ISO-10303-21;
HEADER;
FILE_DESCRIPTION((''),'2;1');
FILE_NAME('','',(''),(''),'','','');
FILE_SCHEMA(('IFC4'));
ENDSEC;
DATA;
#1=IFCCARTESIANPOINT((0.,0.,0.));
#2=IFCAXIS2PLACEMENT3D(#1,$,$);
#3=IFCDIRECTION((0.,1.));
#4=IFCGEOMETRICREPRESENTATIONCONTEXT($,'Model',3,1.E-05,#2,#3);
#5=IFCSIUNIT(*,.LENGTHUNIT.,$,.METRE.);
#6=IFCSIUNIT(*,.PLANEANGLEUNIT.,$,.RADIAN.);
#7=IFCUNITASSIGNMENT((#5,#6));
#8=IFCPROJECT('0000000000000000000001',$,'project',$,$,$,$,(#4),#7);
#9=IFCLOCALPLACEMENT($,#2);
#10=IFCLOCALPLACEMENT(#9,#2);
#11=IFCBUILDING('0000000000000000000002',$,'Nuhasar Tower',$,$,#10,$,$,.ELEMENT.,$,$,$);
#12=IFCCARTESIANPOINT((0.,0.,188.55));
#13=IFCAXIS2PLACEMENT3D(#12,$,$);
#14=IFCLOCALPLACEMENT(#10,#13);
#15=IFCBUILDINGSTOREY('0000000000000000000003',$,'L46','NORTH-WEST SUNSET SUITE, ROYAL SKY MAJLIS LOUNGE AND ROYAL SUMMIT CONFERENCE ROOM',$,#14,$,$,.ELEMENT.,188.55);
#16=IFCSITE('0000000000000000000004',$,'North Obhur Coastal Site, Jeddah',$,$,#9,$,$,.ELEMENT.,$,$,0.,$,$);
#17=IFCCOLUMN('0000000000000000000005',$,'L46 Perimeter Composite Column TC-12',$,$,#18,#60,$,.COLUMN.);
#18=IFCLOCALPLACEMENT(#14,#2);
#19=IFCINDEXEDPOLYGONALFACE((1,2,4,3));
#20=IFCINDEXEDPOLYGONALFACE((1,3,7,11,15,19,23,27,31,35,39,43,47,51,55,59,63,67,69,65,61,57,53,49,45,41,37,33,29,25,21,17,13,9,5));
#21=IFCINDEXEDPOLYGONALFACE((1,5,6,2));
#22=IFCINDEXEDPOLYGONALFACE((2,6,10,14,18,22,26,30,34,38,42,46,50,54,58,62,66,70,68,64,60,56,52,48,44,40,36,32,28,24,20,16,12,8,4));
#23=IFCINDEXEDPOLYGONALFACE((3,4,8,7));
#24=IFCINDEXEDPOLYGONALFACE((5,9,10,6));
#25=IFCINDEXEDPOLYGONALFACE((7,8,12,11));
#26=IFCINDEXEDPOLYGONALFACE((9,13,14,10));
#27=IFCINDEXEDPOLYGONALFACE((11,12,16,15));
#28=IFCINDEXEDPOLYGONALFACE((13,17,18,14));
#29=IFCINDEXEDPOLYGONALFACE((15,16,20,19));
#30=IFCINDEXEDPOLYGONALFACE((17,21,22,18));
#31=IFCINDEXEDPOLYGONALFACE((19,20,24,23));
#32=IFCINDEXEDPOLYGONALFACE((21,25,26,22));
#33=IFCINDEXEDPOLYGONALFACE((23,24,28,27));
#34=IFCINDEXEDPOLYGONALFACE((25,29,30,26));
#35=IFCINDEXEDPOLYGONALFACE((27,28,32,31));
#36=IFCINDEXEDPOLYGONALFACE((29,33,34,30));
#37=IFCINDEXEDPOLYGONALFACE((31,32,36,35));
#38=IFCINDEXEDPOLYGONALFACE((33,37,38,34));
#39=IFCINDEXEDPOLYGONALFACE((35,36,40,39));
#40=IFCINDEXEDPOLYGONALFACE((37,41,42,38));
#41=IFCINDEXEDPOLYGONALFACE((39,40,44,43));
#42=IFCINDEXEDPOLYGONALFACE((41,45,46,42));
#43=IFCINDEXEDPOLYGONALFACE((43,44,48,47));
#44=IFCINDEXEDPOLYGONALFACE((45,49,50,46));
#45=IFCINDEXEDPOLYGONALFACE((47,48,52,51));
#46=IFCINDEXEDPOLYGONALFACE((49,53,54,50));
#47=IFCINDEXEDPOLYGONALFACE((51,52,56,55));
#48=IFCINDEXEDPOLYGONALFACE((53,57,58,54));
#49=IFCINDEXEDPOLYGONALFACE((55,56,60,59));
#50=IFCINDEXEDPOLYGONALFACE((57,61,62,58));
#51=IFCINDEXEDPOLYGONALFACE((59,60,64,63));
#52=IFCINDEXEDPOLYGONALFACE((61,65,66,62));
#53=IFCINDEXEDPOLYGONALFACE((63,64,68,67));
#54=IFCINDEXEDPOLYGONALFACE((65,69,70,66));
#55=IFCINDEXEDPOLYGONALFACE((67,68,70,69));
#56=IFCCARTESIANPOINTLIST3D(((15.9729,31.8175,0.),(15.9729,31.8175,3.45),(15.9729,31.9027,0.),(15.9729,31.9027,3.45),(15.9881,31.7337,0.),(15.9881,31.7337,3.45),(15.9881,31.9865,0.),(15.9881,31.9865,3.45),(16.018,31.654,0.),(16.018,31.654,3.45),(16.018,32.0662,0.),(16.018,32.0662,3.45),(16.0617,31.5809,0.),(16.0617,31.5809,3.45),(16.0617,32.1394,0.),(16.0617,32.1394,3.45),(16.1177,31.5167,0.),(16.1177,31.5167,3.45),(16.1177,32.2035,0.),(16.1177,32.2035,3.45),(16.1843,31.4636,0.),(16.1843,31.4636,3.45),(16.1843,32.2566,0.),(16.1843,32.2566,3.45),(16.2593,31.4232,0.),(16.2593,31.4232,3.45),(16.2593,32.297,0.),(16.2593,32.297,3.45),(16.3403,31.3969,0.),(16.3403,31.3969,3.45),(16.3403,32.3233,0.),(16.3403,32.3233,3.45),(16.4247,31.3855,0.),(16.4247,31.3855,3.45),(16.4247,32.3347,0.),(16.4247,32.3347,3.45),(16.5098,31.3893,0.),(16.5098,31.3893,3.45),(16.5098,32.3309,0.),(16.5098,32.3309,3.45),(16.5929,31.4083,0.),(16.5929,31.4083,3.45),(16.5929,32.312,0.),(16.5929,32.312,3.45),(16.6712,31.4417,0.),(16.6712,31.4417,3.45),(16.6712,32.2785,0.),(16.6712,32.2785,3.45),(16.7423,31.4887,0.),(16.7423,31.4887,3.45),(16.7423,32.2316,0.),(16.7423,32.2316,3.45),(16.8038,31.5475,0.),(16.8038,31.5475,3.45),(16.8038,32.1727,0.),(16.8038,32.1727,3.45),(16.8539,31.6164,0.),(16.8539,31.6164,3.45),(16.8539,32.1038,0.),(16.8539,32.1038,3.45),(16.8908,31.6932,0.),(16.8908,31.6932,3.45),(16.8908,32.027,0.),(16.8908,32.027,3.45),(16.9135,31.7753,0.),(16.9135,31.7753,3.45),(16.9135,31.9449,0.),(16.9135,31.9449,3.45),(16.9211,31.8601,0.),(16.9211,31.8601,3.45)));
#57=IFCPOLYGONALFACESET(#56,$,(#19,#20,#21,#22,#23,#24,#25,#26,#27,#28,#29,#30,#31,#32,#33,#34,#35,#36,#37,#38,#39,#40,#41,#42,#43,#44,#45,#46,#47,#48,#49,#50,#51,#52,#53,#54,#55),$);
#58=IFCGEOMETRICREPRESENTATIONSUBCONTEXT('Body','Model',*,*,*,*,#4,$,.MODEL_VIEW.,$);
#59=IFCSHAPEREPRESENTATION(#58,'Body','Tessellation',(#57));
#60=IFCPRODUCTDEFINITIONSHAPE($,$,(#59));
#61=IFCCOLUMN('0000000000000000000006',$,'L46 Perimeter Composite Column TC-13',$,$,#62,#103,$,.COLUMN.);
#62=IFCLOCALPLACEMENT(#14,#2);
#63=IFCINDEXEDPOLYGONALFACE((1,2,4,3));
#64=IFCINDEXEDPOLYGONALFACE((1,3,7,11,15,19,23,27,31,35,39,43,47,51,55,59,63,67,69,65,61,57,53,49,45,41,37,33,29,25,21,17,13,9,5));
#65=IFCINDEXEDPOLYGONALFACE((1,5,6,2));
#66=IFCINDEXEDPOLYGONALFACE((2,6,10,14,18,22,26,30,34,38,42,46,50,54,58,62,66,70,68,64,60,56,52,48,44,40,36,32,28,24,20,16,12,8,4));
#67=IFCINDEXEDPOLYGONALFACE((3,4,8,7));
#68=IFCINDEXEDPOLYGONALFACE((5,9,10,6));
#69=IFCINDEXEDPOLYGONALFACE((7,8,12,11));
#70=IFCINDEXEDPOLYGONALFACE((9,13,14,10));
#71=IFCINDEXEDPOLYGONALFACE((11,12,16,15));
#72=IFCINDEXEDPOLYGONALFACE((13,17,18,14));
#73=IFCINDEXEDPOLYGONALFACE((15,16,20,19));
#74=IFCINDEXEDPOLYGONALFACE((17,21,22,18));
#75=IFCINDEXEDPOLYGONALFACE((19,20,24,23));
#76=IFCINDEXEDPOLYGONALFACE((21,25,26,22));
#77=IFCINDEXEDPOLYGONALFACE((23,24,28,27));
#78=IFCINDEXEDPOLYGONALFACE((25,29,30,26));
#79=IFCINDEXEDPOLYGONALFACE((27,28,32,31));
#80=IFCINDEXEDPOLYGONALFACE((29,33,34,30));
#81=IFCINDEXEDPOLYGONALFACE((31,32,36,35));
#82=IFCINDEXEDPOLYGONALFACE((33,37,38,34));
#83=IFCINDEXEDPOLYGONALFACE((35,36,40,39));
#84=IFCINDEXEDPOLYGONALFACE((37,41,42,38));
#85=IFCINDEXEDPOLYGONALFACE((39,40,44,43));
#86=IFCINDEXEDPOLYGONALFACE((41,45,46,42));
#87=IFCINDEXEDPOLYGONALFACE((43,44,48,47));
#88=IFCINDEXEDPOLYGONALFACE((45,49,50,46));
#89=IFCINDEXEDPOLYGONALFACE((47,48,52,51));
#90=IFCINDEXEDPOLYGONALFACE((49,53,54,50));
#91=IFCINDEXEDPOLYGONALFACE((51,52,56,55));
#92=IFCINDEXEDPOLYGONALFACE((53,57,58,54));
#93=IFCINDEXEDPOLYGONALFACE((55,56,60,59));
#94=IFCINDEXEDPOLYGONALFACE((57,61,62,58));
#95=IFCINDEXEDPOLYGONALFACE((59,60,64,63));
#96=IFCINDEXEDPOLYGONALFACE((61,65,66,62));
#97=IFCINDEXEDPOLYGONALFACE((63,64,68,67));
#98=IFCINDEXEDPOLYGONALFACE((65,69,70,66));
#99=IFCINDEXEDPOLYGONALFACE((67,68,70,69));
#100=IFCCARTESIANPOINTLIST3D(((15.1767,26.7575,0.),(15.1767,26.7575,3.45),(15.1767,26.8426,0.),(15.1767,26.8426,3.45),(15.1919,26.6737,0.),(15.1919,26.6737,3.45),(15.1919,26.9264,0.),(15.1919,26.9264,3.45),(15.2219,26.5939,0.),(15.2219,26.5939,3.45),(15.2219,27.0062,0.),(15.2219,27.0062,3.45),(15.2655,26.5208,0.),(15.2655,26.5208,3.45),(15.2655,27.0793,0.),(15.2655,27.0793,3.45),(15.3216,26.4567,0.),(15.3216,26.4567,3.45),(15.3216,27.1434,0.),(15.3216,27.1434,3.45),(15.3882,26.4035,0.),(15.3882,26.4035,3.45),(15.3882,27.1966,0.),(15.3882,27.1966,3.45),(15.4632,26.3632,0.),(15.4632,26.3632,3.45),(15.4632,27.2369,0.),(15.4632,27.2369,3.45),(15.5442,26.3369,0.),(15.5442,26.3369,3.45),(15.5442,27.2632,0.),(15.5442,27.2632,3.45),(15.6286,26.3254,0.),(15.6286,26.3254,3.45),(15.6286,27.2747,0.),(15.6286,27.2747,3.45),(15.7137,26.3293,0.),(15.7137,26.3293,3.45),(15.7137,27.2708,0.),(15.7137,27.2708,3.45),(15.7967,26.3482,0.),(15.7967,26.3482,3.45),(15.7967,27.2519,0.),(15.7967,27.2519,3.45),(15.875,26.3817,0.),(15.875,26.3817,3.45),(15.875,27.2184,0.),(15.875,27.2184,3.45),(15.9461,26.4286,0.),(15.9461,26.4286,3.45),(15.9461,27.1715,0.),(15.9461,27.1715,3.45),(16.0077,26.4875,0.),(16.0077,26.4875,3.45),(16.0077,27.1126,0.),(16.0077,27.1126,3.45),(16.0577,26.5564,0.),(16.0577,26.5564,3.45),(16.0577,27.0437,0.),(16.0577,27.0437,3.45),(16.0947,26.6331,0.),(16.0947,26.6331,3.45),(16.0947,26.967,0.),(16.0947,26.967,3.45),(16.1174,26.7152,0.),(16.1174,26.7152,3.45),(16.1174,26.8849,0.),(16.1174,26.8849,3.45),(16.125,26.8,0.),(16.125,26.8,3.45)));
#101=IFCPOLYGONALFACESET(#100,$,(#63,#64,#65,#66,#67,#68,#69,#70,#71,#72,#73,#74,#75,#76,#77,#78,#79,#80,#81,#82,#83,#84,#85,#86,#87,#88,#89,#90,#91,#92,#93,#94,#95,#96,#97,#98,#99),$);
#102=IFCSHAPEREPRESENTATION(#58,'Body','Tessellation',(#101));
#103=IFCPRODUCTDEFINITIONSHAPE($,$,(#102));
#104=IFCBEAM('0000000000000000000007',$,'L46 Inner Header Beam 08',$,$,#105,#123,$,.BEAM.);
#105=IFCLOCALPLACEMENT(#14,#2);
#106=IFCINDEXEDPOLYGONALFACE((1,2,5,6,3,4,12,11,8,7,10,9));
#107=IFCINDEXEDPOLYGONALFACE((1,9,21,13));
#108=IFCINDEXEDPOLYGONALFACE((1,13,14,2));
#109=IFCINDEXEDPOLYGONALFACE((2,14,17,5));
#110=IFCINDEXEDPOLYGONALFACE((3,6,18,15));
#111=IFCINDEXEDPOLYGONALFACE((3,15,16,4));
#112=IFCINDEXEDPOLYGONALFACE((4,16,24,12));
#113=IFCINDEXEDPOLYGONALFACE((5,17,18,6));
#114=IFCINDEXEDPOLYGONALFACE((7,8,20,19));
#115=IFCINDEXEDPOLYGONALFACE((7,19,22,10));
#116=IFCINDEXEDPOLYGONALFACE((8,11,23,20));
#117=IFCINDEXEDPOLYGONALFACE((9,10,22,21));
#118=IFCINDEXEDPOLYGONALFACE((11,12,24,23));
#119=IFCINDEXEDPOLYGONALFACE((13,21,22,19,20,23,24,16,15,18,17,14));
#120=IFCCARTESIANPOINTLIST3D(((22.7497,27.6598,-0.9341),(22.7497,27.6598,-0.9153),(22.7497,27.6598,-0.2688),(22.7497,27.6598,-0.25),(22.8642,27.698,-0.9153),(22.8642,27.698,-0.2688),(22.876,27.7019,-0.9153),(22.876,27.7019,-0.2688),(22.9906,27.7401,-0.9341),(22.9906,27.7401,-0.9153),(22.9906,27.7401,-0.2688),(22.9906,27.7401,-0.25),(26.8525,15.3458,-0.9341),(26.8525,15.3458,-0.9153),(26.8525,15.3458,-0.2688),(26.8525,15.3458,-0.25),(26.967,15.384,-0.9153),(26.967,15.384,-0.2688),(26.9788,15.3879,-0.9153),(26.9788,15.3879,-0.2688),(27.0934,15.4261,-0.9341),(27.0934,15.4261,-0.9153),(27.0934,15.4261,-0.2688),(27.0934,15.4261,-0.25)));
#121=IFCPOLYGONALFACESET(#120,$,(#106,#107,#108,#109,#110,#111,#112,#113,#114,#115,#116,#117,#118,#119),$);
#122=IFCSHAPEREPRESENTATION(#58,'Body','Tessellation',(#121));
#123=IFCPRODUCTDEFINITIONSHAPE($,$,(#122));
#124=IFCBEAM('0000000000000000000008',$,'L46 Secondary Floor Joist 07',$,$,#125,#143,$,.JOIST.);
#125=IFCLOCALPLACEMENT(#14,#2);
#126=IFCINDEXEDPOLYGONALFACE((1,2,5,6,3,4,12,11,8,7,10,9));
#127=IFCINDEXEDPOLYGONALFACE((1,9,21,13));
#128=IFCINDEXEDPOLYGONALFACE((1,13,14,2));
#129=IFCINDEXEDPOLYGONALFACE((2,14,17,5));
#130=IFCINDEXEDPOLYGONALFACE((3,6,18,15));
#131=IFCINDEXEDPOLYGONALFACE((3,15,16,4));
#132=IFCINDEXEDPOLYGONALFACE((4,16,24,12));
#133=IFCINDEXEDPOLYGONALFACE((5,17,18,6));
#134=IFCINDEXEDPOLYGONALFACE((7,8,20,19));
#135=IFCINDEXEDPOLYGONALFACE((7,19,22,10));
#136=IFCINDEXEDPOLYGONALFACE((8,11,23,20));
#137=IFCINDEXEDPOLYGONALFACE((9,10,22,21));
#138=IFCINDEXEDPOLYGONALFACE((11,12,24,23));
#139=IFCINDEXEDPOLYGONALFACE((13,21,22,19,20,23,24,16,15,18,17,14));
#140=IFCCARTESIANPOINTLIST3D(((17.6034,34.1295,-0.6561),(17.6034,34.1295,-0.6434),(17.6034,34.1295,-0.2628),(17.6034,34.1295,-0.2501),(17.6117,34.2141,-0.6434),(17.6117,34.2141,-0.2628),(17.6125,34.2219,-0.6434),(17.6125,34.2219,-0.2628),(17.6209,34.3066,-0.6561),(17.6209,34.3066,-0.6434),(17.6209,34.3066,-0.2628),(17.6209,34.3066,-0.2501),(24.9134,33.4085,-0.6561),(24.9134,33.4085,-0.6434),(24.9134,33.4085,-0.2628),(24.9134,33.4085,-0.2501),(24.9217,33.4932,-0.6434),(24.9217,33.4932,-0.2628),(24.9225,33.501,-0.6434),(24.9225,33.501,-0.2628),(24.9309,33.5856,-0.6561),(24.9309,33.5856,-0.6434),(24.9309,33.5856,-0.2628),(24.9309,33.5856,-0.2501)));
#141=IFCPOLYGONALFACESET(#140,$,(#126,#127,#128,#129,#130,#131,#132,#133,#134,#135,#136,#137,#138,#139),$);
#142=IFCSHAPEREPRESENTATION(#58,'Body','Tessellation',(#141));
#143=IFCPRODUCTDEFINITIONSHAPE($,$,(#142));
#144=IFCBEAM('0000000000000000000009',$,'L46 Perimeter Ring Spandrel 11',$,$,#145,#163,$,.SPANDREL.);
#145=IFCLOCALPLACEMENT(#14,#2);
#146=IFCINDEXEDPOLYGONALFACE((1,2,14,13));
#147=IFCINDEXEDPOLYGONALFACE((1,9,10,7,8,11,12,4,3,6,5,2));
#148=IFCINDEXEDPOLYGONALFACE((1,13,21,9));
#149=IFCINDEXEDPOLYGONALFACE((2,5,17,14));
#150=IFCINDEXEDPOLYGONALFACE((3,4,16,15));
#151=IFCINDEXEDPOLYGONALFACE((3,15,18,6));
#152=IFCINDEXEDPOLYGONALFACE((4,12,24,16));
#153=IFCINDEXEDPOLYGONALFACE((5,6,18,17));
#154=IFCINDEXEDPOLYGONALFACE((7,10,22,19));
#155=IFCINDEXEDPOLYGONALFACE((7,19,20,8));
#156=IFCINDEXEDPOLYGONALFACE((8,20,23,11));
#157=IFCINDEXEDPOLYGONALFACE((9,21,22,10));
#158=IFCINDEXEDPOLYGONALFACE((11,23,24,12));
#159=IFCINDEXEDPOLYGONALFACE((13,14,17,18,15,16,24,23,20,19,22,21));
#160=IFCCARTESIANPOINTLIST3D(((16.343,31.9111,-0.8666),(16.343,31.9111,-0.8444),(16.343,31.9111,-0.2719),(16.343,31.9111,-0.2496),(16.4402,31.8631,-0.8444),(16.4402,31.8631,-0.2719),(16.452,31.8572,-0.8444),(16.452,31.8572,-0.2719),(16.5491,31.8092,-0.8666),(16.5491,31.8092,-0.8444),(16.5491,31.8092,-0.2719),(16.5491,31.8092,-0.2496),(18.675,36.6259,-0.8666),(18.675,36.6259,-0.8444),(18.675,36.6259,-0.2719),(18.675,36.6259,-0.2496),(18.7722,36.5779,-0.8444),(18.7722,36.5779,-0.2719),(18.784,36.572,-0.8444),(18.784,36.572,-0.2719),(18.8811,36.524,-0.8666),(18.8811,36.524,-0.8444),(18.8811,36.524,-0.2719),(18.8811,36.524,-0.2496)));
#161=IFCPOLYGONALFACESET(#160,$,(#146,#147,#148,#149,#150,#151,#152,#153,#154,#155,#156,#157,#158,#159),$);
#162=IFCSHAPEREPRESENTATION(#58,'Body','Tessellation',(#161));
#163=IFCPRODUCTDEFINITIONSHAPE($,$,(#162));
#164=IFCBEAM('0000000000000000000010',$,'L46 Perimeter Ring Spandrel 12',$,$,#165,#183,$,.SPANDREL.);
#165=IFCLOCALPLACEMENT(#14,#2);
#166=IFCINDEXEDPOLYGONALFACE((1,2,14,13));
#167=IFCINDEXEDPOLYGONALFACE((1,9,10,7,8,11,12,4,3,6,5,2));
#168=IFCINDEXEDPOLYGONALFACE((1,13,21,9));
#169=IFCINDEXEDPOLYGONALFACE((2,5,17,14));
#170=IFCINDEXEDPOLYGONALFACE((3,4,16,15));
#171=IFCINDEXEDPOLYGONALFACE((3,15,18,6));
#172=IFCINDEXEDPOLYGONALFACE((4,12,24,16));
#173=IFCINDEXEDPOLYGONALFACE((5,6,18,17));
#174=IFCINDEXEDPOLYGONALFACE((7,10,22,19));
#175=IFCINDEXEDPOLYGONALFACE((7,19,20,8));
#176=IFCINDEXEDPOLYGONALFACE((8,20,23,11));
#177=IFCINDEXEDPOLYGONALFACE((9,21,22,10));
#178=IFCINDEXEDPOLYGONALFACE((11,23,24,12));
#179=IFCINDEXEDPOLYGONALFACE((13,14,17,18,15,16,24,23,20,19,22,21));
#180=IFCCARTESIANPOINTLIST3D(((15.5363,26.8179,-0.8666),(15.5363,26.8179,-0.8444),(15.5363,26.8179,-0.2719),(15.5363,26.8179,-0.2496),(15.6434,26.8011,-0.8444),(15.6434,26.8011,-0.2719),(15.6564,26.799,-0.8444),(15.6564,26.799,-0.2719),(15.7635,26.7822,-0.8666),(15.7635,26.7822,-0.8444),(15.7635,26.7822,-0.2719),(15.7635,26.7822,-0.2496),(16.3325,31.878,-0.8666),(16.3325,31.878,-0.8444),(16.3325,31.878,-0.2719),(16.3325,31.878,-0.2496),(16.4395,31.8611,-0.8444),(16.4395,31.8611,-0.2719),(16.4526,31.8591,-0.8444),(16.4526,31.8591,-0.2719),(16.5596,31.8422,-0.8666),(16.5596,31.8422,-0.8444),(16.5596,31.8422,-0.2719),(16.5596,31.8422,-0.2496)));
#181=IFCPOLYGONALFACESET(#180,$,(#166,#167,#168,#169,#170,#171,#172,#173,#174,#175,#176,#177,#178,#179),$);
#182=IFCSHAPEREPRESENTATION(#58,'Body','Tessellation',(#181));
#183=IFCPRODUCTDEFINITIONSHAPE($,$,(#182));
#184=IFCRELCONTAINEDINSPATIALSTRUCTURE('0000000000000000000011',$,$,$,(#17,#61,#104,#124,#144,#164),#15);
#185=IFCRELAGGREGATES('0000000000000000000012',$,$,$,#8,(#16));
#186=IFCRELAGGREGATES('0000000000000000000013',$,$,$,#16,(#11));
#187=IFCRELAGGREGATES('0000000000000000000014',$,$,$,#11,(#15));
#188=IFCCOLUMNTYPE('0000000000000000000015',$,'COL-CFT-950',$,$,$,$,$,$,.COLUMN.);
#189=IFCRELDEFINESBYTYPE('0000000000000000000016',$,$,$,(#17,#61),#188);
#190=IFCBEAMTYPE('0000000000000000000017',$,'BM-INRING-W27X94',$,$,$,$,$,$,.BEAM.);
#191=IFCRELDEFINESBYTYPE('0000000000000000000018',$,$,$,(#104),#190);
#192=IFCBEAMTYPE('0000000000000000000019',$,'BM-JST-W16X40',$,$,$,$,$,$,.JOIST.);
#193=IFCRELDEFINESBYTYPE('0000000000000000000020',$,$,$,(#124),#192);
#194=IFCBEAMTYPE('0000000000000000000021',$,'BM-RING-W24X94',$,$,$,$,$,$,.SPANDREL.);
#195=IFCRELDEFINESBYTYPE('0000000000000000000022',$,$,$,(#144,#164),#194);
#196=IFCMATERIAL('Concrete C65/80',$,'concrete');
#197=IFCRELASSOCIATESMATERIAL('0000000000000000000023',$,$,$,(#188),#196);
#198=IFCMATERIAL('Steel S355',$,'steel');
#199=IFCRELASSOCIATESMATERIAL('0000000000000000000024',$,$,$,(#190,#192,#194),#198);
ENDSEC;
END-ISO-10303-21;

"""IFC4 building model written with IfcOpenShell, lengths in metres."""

from ifc_helpers import new_model, si_unit, direction, frame, origin, origin_2d, place, context, subcontext, project, spatial, circle, i_section, extrude, material, material_profile, profile_set, type_object, element, save


model = new_model("IFC4")

# Units and contexts
model_context = context("Model", 3, precision=1e-05, world=origin(), true_north=direction((0.0, 1.0)))
body_context = subcontext(model_context, "Body", "Model", "MODEL_VIEW")
ifc_project = project(units=[si_unit("LENGTHUNIT", "METRE"), si_unit("PLANEANGLEUNIT", "RADIAN")], contexts=[model_context])

# Site, building, storey
site_placement = place(None, origin())
site = spatial("IfcSite", under=ifc_project, at=site_placement, Name="North Obhur Coastal Site, Jeddah", CompositionType="ELEMENT", RefElevation=0.0)
building_placement = place(site_placement, origin())
building = spatial("IfcBuilding", under=site, at=building_placement, Name="Nuhasar Tower", CompositionType="ELEMENT")
storey_placement = place(building_placement, frame((0.0, 0.0, 188.55)))
storey = spatial("IfcBuildingStorey", under=building, at=storey_placement, Name="L46", Description="NORTH-WEST SUNSET SUITE, ROYAL SKY MAJLIS LOUNGE AND ROYAL SUMMIT CONFERENCE ROOM", CompositionType="ELEMENT", Elevation=188.55)

# Columns
ifc_material_1 = material(Name="Concrete C65/80", Category="concrete")
ifc_material_profile_1 = material_profile(ifc_material_1, circle(Radius=0.4751, at=origin_2d()), Name="CFT950")
ifc_profile_set_1 = profile_set([ifc_material_profile_1], Name="Concrete C65/80")
column_type = type_object("IfcColumnType", Name="COL-CFT-950", PredefinedType="COLUMN", material=ifc_profile_set_1)
for number, where, z_axis, x_axis, name in (
    (1, (16.446, 31.8601, 0.0), (0.0, 0.0, 1.0), (1.0, 0.0, 0.0), "L46 Perimeter Composite Column TC-12"),
    (2, (15.6499, 26.8, 0.0), (0.0, 0.0, 1.0), (1.0, 0.0, 0.0), "L46 Perimeter Composite Column TC-13"),
):
    element("IfcColumn", number, at=place(storey_placement, frame(where, z_axis=z_axis, x_axis=x_axis)), inside=storey, type_object=column_type, Name=name, PredefinedType="COLUMN", context=body_context, shape_type="SweptSolid", body=[
        extrude(circle(Radius=0.4751, at=origin_2d()), origin(), (0.0, 0.0, 1.0), 3.45),
    ])

# Beams
ifc_material_2 = material(Name="Steel S355", Category="steel")
ifc_material_profile_2 = material_profile(ifc_material_2, i_section(OverallWidth=0.2539, OverallDepth=0.6841, WebThickness=0.0125, FlangeThickness=0.0188, at=origin_2d()), Name="W27X94")
ifc_profile_set_2 = profile_set([ifc_material_profile_2], Name="Steel S355")
beam_type_1 = type_object("IfcBeamType", Name="BM-INRING-W27X94", PredefinedType="BEAM", material=ifc_profile_set_2)
beam_1_placement = place(storey_placement, frame((22.8701, 27.7, -0.592), z_axis=(0.316098, -0.948727, 0.0), x_axis=(0.948727, 0.316098, 0.0)))
element("IfcBeam", 3, at=beam_1_placement, inside=storey, type_object=beam_type_1, Name="L46 Inner Header Beam 08", PredefinedType="BEAM", context=body_context, shape_type="SweptSolid", body=[
    extrude(i_section(OverallWidth=0.2539, OverallDepth=0.6841, WebThickness=0.0125, FlangeThickness=0.0188, at=origin_2d()), origin(), (0.0, 0.0, 1.0), 12.9795),
])
ifc_material_profile_3 = material_profile(ifc_material_2, i_section(OverallWidth=0.178, OverallDepth=0.406, WebThickness=0.0078, FlangeThickness=0.0127, at=origin_2d()), Name="W16X40")
ifc_profile_set_3 = profile_set([ifc_material_profile_3], Name="Steel S355")
beam_type_2 = type_object("IfcBeamType", Name="BM-JST-W16X40", PredefinedType="JOIST", material=ifc_profile_set_3)
beam_2_placement = place(storey_placement, frame((24.9221, 33.4971, -0.4531), z_axis=(-0.995172, 0.098148, 0.0), x_axis=(-0.098148, -0.995172, 0.0)))
element("IfcBeam", 4, at=beam_2_placement, inside=storey, type_object=beam_type_2, Name="L46 Secondary Floor Joist 07", PredefinedType="JOIST", context=body_context, shape_type="SweptSolid", body=[
    extrude(i_section(OverallWidth=0.178, OverallDepth=0.406, WebThickness=0.0078, FlangeThickness=0.0127, at=origin_2d()), origin(), (0.0, 0.0, 1.0), 7.3455),
])
ifc_material_profile_4 = material_profile(ifc_material_2, i_section(OverallWidth=0.23, OverallDepth=0.6169, WebThickness=0.0132, FlangeThickness=0.0222, at=origin_2d()), Name="W24X94")
ifc_profile_set_4 = profile_set([ifc_material_profile_4], Name="Steel S355")
beam_type_3 = type_object("IfcBeamType", Name="BM-RING-W24X94", PredefinedType="SPANDREL", material=ifc_profile_set_4)
beam_3_placement = place(storey_placement, frame((18.7781, 36.575, -0.5581), z_axis=(-0.443348, -0.89635, 0.0), x_axis=(0.89635, -0.443348, 0.0)))
element("IfcBeam", 5, at=beam_3_placement, inside=storey, type_object=beam_type_3, Name="L46 Perimeter Ring Spandrel 11", PredefinedType="SPANDREL", context=body_context, shape_type="SweptSolid", body=[
    extrude(i_section(OverallWidth=0.23, OverallDepth=0.6169, WebThickness=0.0132, FlangeThickness=0.0222, at=origin_2d()), origin(), (0.0, 0.0, 1.0), 5.26),
])
beam_4_placement = place(storey_placement, frame((16.446, 31.8601, -0.5581), z_axis=(-0.155427, -0.987847, 0.0), x_axis=(0.987847, -0.155427, 0.0)))
element("IfcBeam", 6, at=beam_4_placement, inside=storey, type_object=beam_type_3, Name="L46 Perimeter Ring Spandrel 12", PredefinedType="SPANDREL", context=body_context, shape_type="SweptSolid", body=[
    extrude(i_section(OverallWidth=0.23, OverallDepth=0.6169, WebThickness=0.0132, FlangeThickness=0.0222, at=origin_2d()), origin(), (0.0, 0.0, 1.0), 5.1223),
])

save(model, "model.ifc")
